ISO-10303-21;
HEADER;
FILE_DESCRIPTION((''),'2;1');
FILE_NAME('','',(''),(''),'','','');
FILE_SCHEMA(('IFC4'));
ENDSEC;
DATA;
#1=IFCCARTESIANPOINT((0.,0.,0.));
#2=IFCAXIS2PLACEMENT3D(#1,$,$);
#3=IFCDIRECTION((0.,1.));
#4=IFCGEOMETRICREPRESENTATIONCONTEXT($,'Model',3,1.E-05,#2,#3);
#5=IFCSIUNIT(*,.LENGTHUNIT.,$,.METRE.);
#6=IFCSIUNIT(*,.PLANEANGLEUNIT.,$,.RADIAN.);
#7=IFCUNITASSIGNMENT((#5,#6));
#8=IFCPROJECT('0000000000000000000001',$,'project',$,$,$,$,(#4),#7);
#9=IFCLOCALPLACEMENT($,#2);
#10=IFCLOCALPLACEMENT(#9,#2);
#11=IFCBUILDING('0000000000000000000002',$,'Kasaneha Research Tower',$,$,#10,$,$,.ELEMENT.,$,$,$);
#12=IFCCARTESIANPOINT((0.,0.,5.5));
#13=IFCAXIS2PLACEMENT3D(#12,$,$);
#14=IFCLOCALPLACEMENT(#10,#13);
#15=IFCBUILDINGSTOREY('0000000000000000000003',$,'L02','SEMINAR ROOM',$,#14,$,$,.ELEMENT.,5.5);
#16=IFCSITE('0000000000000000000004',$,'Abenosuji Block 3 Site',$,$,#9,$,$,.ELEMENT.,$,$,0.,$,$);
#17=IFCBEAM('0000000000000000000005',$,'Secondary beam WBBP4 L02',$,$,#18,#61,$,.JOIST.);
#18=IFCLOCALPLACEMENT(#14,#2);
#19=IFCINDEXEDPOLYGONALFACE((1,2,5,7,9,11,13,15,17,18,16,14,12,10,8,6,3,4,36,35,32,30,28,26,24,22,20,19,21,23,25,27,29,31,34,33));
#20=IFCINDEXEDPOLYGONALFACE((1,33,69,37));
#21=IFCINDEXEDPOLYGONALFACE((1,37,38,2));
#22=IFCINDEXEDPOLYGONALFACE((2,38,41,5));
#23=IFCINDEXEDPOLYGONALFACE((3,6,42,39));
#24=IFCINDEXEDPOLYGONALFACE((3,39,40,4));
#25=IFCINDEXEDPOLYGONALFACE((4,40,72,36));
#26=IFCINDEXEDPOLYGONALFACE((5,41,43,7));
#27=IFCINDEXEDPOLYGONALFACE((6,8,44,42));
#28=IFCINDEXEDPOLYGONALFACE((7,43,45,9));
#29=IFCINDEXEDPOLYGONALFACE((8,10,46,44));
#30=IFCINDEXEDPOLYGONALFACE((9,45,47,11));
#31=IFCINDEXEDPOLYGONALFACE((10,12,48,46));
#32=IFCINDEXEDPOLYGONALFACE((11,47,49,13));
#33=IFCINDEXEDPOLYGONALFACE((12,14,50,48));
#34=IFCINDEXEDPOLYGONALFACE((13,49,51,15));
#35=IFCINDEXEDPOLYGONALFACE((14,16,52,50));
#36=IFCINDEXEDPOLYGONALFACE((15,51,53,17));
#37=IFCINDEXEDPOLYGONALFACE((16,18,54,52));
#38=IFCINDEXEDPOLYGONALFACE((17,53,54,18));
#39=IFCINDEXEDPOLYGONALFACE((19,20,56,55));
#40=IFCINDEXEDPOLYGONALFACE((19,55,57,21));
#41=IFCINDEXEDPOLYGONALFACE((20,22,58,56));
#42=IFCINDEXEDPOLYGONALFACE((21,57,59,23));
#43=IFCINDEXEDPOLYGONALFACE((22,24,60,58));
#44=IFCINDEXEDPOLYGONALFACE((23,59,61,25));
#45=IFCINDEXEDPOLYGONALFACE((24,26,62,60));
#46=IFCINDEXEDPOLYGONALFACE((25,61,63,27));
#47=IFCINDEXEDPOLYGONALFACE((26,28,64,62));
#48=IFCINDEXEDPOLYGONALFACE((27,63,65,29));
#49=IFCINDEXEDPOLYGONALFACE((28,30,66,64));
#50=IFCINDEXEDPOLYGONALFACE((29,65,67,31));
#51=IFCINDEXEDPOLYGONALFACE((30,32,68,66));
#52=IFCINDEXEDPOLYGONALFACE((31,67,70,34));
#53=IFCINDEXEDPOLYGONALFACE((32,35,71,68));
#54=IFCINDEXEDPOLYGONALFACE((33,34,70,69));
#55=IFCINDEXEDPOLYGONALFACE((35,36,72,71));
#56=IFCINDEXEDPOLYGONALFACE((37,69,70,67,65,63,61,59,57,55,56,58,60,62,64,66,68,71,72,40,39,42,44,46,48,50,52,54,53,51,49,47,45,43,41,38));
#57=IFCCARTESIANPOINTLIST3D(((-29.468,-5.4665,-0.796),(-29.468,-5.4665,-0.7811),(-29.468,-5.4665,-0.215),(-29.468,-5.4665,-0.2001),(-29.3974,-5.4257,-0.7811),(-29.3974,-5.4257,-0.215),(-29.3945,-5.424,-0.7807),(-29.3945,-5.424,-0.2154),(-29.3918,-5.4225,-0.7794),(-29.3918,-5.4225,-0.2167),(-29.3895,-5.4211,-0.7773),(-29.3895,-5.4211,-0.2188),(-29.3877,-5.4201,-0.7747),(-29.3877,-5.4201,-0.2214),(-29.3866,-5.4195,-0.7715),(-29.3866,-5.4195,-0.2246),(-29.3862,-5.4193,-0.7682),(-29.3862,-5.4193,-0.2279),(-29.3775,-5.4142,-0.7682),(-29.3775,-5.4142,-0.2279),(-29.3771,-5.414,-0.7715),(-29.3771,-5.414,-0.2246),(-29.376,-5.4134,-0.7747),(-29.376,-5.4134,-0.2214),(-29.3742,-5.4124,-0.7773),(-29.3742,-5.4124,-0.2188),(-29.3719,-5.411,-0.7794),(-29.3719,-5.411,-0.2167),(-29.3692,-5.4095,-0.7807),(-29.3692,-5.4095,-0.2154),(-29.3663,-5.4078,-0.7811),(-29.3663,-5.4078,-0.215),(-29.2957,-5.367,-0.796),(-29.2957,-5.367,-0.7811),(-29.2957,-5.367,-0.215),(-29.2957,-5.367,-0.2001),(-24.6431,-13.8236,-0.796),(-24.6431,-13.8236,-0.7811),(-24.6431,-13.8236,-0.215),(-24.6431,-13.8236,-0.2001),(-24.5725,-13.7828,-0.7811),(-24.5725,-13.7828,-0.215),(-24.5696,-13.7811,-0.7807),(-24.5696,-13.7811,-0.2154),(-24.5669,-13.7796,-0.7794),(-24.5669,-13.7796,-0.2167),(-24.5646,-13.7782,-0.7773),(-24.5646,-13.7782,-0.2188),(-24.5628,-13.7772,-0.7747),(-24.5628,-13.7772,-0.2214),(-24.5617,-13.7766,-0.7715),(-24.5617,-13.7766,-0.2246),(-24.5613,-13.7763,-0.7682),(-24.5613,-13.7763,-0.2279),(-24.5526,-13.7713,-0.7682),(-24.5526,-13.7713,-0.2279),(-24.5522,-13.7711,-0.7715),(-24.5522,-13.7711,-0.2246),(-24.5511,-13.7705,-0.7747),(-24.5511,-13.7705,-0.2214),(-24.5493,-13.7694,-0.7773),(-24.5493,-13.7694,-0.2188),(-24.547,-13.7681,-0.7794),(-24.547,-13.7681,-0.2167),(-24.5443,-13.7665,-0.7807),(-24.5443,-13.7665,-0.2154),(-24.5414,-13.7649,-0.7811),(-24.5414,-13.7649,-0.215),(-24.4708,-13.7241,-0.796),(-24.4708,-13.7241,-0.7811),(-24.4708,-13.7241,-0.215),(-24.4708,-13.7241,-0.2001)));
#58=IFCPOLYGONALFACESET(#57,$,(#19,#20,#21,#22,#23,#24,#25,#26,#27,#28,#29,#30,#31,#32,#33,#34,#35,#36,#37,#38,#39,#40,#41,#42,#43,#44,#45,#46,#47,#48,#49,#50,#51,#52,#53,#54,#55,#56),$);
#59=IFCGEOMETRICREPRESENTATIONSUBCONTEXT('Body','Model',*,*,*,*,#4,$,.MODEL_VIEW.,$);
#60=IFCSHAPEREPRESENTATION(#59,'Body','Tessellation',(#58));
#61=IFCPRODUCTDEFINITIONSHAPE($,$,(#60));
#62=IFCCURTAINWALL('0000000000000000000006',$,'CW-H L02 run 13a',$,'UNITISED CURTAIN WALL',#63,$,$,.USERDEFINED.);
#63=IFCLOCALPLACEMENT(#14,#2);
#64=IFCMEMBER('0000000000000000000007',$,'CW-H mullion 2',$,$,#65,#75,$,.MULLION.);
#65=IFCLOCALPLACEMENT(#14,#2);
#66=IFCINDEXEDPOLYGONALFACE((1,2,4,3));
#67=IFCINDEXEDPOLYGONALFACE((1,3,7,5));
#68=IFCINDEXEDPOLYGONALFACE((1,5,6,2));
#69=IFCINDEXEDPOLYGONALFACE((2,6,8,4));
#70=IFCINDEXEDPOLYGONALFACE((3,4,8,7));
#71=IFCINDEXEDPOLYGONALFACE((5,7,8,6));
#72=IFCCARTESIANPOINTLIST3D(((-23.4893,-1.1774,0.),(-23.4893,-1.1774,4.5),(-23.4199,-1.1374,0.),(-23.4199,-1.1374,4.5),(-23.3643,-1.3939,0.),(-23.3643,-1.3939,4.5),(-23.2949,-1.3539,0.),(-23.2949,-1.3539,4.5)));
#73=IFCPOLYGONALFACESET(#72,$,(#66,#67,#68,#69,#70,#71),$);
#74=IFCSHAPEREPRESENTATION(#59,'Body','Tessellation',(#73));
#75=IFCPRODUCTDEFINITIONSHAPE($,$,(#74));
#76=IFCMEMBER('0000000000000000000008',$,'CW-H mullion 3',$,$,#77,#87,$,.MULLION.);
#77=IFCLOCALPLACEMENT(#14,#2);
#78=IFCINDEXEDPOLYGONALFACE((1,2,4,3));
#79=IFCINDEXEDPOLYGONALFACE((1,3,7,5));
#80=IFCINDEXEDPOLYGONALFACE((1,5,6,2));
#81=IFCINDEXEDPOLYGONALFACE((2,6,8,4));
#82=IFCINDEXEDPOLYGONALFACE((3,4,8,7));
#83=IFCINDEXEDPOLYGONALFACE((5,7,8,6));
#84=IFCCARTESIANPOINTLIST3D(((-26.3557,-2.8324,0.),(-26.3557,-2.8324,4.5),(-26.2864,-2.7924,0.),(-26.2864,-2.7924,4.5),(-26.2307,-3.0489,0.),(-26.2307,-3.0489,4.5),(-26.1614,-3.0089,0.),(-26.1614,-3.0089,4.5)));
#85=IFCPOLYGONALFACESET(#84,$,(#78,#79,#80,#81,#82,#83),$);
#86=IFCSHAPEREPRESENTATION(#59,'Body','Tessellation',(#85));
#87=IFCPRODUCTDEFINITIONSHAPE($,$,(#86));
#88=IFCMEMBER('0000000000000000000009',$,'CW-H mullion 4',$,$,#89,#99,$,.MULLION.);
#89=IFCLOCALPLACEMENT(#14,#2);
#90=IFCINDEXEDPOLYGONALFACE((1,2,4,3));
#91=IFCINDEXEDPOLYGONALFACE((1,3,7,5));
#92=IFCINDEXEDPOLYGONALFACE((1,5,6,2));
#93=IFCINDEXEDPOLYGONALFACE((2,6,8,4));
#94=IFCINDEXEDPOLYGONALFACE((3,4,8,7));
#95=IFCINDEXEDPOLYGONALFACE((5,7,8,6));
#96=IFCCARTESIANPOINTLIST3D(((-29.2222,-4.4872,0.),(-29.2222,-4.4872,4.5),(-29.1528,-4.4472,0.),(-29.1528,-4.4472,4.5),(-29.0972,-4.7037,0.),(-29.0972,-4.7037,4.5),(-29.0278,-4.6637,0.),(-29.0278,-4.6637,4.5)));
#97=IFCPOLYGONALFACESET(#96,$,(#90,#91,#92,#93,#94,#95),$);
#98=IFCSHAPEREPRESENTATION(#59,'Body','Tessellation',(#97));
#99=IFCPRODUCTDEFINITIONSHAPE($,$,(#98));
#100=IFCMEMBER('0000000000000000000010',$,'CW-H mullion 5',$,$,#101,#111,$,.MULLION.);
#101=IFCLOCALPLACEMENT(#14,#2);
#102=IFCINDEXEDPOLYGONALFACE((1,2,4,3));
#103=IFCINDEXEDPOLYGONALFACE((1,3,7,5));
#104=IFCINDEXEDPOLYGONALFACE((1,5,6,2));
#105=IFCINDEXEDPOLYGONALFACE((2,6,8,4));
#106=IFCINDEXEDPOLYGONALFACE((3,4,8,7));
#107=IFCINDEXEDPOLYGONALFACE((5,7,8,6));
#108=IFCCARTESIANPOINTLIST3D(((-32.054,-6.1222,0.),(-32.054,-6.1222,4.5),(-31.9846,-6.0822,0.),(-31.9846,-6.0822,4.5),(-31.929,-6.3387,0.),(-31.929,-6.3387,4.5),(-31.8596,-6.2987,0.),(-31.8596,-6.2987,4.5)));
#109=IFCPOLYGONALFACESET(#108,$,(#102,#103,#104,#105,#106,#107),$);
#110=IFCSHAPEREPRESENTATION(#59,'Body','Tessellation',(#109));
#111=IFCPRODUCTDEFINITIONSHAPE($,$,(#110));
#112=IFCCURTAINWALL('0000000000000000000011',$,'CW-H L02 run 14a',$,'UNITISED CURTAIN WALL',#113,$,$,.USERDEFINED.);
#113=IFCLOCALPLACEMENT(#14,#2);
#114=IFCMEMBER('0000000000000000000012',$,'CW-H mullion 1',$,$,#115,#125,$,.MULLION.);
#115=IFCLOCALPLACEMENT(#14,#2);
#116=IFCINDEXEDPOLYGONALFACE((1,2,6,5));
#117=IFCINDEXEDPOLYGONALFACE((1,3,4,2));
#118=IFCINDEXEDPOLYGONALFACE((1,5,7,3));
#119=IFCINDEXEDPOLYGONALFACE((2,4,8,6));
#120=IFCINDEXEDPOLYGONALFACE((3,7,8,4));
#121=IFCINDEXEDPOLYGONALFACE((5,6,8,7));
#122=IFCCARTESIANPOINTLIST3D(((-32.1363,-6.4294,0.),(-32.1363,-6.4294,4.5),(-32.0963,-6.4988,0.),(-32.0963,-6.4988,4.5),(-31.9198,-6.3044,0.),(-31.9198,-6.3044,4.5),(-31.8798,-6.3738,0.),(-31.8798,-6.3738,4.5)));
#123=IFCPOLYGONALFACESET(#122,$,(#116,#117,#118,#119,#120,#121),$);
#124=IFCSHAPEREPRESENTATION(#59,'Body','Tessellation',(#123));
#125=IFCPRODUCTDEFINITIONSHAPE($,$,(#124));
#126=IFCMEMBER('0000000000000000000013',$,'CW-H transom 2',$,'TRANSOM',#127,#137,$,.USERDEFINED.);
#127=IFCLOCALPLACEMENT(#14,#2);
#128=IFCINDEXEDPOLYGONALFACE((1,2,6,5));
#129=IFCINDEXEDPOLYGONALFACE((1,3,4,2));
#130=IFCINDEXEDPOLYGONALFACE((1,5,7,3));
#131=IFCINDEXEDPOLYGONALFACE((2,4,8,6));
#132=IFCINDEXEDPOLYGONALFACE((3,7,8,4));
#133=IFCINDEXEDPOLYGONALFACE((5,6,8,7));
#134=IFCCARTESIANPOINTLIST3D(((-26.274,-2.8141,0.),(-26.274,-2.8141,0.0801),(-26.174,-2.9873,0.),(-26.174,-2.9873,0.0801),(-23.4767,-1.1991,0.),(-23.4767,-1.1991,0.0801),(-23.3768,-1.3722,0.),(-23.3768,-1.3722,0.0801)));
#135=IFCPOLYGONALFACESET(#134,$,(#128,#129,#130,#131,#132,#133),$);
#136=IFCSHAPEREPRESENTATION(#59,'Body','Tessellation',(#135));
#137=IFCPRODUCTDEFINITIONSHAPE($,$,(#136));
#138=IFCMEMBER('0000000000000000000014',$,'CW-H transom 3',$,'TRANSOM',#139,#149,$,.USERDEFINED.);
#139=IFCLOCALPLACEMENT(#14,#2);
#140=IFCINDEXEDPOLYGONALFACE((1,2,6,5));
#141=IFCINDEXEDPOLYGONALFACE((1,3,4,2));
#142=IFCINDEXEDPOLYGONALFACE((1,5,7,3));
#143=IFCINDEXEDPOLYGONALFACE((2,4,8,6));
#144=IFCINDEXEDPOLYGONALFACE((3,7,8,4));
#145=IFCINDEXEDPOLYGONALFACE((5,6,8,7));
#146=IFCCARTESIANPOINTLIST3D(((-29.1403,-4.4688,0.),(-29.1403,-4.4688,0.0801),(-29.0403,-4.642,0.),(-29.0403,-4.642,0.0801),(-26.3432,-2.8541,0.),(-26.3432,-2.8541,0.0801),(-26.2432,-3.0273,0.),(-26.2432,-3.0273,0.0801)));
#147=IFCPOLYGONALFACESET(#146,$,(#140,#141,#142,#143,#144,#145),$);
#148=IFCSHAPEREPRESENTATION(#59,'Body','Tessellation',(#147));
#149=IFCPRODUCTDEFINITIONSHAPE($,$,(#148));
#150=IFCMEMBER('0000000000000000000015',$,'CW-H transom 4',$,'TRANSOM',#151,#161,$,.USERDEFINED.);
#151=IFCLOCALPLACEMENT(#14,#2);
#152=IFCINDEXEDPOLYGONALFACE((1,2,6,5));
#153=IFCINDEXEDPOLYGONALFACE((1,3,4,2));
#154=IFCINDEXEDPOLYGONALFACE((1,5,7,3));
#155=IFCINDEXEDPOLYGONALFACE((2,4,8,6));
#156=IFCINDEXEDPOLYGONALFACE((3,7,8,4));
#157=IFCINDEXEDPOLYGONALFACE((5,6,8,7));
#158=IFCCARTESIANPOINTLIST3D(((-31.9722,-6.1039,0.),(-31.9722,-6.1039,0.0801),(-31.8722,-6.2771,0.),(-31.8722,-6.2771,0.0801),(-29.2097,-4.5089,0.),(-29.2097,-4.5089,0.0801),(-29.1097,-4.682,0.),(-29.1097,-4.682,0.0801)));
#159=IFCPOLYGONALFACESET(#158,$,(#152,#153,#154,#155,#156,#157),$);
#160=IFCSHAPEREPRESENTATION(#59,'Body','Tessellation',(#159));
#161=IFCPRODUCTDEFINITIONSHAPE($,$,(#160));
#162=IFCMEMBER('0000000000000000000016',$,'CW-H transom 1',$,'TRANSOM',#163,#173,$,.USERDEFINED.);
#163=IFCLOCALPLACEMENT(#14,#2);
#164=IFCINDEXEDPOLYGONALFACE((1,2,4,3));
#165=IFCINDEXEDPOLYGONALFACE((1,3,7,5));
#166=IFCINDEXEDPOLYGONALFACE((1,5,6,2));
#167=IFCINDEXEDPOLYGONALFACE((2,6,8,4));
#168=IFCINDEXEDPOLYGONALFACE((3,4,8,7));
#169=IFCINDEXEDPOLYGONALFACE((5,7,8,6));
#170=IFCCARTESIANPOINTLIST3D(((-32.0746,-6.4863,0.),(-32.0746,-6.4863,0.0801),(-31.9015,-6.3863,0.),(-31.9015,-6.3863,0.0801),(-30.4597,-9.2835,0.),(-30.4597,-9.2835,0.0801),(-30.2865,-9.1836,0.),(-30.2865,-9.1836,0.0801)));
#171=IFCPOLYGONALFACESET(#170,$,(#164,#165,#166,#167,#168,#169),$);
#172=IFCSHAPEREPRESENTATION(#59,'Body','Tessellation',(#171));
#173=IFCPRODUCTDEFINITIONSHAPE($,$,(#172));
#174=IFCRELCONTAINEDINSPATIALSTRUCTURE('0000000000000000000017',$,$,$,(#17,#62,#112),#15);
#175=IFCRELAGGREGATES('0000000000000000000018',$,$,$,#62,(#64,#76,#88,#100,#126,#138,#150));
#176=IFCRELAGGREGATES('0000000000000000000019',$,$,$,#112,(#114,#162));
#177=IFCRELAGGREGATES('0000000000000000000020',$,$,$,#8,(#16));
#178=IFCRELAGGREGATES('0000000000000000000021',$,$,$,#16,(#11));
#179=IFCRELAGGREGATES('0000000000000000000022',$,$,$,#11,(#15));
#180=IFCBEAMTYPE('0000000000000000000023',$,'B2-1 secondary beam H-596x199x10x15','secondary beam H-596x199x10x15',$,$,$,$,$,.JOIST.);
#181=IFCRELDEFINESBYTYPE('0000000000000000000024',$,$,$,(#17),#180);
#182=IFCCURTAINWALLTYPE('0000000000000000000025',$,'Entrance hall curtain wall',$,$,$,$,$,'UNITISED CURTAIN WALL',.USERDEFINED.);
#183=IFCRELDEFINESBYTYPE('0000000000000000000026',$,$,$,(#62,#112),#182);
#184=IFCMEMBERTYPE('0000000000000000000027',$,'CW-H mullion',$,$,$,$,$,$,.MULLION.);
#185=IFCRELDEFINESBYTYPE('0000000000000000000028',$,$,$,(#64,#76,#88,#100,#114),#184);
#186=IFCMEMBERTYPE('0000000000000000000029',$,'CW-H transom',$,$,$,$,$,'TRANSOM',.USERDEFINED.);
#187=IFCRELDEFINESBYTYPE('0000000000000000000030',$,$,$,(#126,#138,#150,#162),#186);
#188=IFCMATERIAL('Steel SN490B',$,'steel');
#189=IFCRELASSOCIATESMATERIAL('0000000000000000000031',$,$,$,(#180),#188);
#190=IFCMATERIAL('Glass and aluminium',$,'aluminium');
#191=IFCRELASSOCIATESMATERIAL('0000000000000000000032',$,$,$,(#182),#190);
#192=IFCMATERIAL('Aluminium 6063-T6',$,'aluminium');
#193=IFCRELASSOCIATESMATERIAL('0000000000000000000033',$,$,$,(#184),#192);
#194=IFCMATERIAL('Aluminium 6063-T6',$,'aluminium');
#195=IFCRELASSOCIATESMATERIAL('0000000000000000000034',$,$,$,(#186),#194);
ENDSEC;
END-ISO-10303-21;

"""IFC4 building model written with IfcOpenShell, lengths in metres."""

from ifc_helpers import new_model, si_unit, direction, frame, origin, origin_2d, place, context, subcontext, project, spatial, rectangle, i_section, extrude, material, material_profile, profile_set, type_object, element, aggregate, save


model = new_model("IFC4")

# Units and contexts
model_context = context("Model", 3, precision=1e-05, world=origin(), true_north=direction((0.0, 1.0)))
body_context = subcontext(model_context, "Body", "Model", "MODEL_VIEW")
ifc_project = project(units=[si_unit("LENGTHUNIT", "METRE"), si_unit("PLANEANGLEUNIT", "RADIAN")], contexts=[model_context])

# Site, building, storey
site_placement = place(None, origin())
site = spatial("IfcSite", under=ifc_project, at=site_placement, Name="Abenosuji Block 3 Site", CompositionType="ELEMENT", RefElevation=0.0)
building_placement = place(site_placement, origin())
building = spatial("IfcBuilding", under=site, at=building_placement, Name="Kasaneha Research Tower", CompositionType="ELEMENT")
storey_placement = place(building_placement, frame((0.0, 0.0, 5.5)))
storey = spatial("IfcBuildingStorey", under=building, at=storey_placement, Name="L02", Description="SEMINAR ROOM", CompositionType="ELEMENT", Elevation=5.5)

# Beam
ifc_material_1 = material(Name="Steel SN490B", Category="steel")
ifc_material_profile_1 = material_profile(ifc_material_1, i_section(OverallWidth=0.199, OverallDepth=0.5959, WebThickness=0.01, FlangeThickness=0.0149, FilletRadius=0.0129, at=origin_2d()), Name="H-596x199x10x15")
ifc_profile_set_1 = profile_set([ifc_material_profile_1], Name="Steel SN490B")
beam_type_1 = type_object("IfcBeamType", Name="B2-1 secondary beam H-596x199x10x15", Description="secondary beam H-596x199x10x15", PredefinedType="JOIST", material=ifc_profile_set_1)
for number, where, z_axis, x_axis, name in (
    (1, (-29.3818, -5.4167, -0.498), (0.499995, -0.866028, 0.0), (0.866028, 0.499995, 0.0), "Secondary beam WBBP4 L02"),
):
    element("IfcBeam", number, at=place(storey_placement, frame(where, z_axis=z_axis, x_axis=x_axis)), inside=storey, type_object=beam_type_1, Name=name, PredefinedType="JOIST", context=body_context, shape_type="SweptSolid", body=[
        extrude(i_section(OverallWidth=0.199, OverallDepth=0.5959, WebThickness=0.01, FlangeThickness=0.0149, FilletRadius=0.0129, at=origin_2d()), origin(), (0.0, 0.0, 1.0), 9.6499),
    ])

# Curtain wall, members
ifc_material_2 = material(Name="Glass and aluminium", Category="aluminium")
curtain_wall_type = type_object("IfcCurtainWallType", Name="Entrance hall curtain wall", ElementType="UNITISED CURTAIN WALL", PredefinedType="USERDEFINED", material=ifc_material_2)
curtain_wall_1_placement = place(storey_placement, origin())
curtain_wall_1 = element("IfcCurtainWall", 2, at=curtain_wall_1_placement, inside=storey, type_object=curtain_wall_type, Name="CW-H L02 run 13a", ObjectType="UNITISED CURTAIN WALL", PredefinedType="USERDEFINED")
ifc_material_3 = material(Name="Aluminium 6063-T6", Category="aluminium")
ifc_material_profile_2 = material_profile(ifc_material_3, rectangle(XDim=0.0801, YDim=0.25, at=origin_2d()), Name="CW-H mullion 80x250")
ifc_profile_set_2 = profile_set([ifc_material_profile_2], Name="Aluminium 6063-T6")
member_type_1 = type_object("IfcMemberType", Name="CW-H mullion", PredefinedType="MULLION", material=ifc_profile_set_2)
member_1_placement = place(storey_placement, frame((-23.3921, -1.2656, 0.0), z_axis=(0.0, 0.0, 1.0), x_axis=(-0.866025, -0.5, 0.0)))
member_1 = element("IfcMember", 3, at=member_1_placement, type_object=member_type_1, Name="CW-H mullion 2", PredefinedType="MULLION", context=body_context, shape_type="SweptSolid", body=[
    extrude(rectangle(XDim=0.0801, YDim=0.25, at=origin_2d()), origin(), (0.0, 0.0, 1.0), 4.5),
])
member_2_placement = place(storey_placement, frame((-26.2585, -2.9207, 0.0), z_axis=(0.0, 0.0, 1.0), x_axis=(-0.866025, -0.5, 0.0)))
member_2 = element("IfcMember", 4, at=member_2_placement, type_object=member_type_1, Name="CW-H mullion 3", PredefinedType="MULLION", context=body_context, shape_type="SweptSolid", body=[
    extrude(rectangle(XDim=0.0801, YDim=0.25, at=origin_2d()), origin(), (0.0, 0.0, 1.0), 4.5),
])
member_3_placement = place(storey_placement, frame((-29.125, -4.5754, 0.0), z_axis=(0.0, 0.0, 1.0), x_axis=(-0.866025, -0.5, 0.0)))
member_3 = element("IfcMember", 5, at=member_3_placement, type_object=member_type_1, Name="CW-H mullion 4", PredefinedType="MULLION", context=body_context, shape_type="SweptSolid", body=[
    extrude(rectangle(XDim=0.0801, YDim=0.25, at=origin_2d()), origin(), (0.0, 0.0, 1.0), 4.5),
])
member_4_placement = place(storey_placement, frame((-31.9568, -6.2104, 0.0), z_axis=(0.0, 0.0, 1.0), x_axis=(-0.866025, -0.5, 0.0)))
member_4 = element("IfcMember", 6, at=member_4_placement, type_object=member_type_1, Name="CW-H mullion 5", PredefinedType="MULLION", context=body_context, shape_type="SweptSolid", body=[
    extrude(rectangle(XDim=0.0801, YDim=0.25, at=origin_2d()), origin(), (0.0, 0.0, 1.0), 4.5),
])

# Curtain wall, member
curtain_wall_2_placement = place(storey_placement, origin())
curtain_wall_2 = element("IfcCurtainWall", 7, at=curtain_wall_2_placement, inside=storey, type_object=curtain_wall_type, Name="CW-H L02 run 14a", ObjectType="UNITISED CURTAIN WALL", PredefinedType="USERDEFINED")
member_5_placement = place(storey_placement, frame((-32.0081, -6.4016, 0.0), z_axis=(0.0, 0.0, 1.0), x_axis=(0.5, -0.866025, 0.0)))
member_5 = element("IfcMember", 8, at=member_5_placement, type_object=member_type_1, Name="CW-H mullion 1", PredefinedType="MULLION", context=body_context, shape_type="SweptSolid", body=[
    extrude(rectangle(XDim=0.0801, YDim=0.25, at=origin_2d()), origin(), (0.0, 0.0, 1.0), 4.5),
])

# Members
ifc_material_4 = material(Name="Aluminium 6063-T6", Category="aluminium")
ifc_material_profile_3 = material_profile(ifc_material_4, rectangle(XDim=0.2, YDim=0.0801, at=origin_2d()), Name="CW-H transom 200x80")
ifc_profile_set_3 = profile_set([ifc_material_profile_3], Name="Aluminium 6063-T6")
member_type_2 = type_object("IfcMemberType", Name="CW-H transom", ElementType="TRANSOM", PredefinedType="USERDEFINED", material=ifc_profile_set_3)
member_6_placement = place(storey_placement, frame((-23.4268, -1.2856, 0.04), z_axis=(-0.866016, -0.500017, 0.0), x_axis=(0.500017, -0.866016, 0.0)))
member_6 = element("IfcMember", 9, at=member_6_placement, type_object=member_type_2, Name="CW-H transom 2", ObjectType="TRANSOM", PredefinedType="USERDEFINED", context=body_context, shape_type="SweptSolid", body=[
    extrude(rectangle(XDim=0.2, YDim=0.0801, at=origin_2d()), origin(), (0.0, 0.0, 1.0), 3.23),
])
member_7_placement = place(storey_placement, frame((-26.2932, -2.9407, 0.04), z_axis=(-0.866048, -0.49996, 0.0), x_axis=(0.49996, -0.866048, 0.0)))
member_7 = element("IfcMember", 10, at=member_7_placement, type_object=member_type_2, Name="CW-H transom 3", ObjectType="TRANSOM", PredefinedType="USERDEFINED", context=body_context, shape_type="SweptSolid", body=[
    extrude(rectangle(XDim=0.2, YDim=0.0801, at=origin_2d()), origin(), (0.0, 0.0, 1.0), 3.2297),
])
member_8_placement = place(storey_placement, frame((-29.1597, -4.5955, 0.04), z_axis=(-0.866016, -0.500016, 0.0), x_axis=(0.500016, -0.866016, 0.0)))
member_8 = element("IfcMember", 11, at=member_8_placement, type_object=member_type_2, Name="CW-H transom 4", ObjectType="TRANSOM", PredefinedType="USERDEFINED", context=body_context, shape_type="SweptSolid", body=[
    extrude(rectangle(XDim=0.2, YDim=0.0801, at=origin_2d()), origin(), (0.0, 0.0, 1.0), 3.1899),
])
member_9_placement = place(storey_placement, frame((-31.988, -6.4363, 0.04), z_axis=(0.499984, -0.866035, 0.0), x_axis=(0.866035, 0.499984, 0.0)))
member_9 = element("IfcMember", 12, at=member_9_placement, type_object=member_type_2, Name="CW-H transom 1", ObjectType="TRANSOM", PredefinedType="USERDEFINED", context=body_context, shape_type="SweptSolid", body=[
    extrude(rectangle(XDim=0.2, YDim=0.0801, at=origin_2d()), origin(), (0.0, 0.0, 1.0), 3.23),
])

aggregate(curtain_wall_1, [member_1, member_2, member_3, member_4, member_6, member_7, member_8])
aggregate(curtain_wall_2, [member_5, member_9])

save(model, "model.ifc")
